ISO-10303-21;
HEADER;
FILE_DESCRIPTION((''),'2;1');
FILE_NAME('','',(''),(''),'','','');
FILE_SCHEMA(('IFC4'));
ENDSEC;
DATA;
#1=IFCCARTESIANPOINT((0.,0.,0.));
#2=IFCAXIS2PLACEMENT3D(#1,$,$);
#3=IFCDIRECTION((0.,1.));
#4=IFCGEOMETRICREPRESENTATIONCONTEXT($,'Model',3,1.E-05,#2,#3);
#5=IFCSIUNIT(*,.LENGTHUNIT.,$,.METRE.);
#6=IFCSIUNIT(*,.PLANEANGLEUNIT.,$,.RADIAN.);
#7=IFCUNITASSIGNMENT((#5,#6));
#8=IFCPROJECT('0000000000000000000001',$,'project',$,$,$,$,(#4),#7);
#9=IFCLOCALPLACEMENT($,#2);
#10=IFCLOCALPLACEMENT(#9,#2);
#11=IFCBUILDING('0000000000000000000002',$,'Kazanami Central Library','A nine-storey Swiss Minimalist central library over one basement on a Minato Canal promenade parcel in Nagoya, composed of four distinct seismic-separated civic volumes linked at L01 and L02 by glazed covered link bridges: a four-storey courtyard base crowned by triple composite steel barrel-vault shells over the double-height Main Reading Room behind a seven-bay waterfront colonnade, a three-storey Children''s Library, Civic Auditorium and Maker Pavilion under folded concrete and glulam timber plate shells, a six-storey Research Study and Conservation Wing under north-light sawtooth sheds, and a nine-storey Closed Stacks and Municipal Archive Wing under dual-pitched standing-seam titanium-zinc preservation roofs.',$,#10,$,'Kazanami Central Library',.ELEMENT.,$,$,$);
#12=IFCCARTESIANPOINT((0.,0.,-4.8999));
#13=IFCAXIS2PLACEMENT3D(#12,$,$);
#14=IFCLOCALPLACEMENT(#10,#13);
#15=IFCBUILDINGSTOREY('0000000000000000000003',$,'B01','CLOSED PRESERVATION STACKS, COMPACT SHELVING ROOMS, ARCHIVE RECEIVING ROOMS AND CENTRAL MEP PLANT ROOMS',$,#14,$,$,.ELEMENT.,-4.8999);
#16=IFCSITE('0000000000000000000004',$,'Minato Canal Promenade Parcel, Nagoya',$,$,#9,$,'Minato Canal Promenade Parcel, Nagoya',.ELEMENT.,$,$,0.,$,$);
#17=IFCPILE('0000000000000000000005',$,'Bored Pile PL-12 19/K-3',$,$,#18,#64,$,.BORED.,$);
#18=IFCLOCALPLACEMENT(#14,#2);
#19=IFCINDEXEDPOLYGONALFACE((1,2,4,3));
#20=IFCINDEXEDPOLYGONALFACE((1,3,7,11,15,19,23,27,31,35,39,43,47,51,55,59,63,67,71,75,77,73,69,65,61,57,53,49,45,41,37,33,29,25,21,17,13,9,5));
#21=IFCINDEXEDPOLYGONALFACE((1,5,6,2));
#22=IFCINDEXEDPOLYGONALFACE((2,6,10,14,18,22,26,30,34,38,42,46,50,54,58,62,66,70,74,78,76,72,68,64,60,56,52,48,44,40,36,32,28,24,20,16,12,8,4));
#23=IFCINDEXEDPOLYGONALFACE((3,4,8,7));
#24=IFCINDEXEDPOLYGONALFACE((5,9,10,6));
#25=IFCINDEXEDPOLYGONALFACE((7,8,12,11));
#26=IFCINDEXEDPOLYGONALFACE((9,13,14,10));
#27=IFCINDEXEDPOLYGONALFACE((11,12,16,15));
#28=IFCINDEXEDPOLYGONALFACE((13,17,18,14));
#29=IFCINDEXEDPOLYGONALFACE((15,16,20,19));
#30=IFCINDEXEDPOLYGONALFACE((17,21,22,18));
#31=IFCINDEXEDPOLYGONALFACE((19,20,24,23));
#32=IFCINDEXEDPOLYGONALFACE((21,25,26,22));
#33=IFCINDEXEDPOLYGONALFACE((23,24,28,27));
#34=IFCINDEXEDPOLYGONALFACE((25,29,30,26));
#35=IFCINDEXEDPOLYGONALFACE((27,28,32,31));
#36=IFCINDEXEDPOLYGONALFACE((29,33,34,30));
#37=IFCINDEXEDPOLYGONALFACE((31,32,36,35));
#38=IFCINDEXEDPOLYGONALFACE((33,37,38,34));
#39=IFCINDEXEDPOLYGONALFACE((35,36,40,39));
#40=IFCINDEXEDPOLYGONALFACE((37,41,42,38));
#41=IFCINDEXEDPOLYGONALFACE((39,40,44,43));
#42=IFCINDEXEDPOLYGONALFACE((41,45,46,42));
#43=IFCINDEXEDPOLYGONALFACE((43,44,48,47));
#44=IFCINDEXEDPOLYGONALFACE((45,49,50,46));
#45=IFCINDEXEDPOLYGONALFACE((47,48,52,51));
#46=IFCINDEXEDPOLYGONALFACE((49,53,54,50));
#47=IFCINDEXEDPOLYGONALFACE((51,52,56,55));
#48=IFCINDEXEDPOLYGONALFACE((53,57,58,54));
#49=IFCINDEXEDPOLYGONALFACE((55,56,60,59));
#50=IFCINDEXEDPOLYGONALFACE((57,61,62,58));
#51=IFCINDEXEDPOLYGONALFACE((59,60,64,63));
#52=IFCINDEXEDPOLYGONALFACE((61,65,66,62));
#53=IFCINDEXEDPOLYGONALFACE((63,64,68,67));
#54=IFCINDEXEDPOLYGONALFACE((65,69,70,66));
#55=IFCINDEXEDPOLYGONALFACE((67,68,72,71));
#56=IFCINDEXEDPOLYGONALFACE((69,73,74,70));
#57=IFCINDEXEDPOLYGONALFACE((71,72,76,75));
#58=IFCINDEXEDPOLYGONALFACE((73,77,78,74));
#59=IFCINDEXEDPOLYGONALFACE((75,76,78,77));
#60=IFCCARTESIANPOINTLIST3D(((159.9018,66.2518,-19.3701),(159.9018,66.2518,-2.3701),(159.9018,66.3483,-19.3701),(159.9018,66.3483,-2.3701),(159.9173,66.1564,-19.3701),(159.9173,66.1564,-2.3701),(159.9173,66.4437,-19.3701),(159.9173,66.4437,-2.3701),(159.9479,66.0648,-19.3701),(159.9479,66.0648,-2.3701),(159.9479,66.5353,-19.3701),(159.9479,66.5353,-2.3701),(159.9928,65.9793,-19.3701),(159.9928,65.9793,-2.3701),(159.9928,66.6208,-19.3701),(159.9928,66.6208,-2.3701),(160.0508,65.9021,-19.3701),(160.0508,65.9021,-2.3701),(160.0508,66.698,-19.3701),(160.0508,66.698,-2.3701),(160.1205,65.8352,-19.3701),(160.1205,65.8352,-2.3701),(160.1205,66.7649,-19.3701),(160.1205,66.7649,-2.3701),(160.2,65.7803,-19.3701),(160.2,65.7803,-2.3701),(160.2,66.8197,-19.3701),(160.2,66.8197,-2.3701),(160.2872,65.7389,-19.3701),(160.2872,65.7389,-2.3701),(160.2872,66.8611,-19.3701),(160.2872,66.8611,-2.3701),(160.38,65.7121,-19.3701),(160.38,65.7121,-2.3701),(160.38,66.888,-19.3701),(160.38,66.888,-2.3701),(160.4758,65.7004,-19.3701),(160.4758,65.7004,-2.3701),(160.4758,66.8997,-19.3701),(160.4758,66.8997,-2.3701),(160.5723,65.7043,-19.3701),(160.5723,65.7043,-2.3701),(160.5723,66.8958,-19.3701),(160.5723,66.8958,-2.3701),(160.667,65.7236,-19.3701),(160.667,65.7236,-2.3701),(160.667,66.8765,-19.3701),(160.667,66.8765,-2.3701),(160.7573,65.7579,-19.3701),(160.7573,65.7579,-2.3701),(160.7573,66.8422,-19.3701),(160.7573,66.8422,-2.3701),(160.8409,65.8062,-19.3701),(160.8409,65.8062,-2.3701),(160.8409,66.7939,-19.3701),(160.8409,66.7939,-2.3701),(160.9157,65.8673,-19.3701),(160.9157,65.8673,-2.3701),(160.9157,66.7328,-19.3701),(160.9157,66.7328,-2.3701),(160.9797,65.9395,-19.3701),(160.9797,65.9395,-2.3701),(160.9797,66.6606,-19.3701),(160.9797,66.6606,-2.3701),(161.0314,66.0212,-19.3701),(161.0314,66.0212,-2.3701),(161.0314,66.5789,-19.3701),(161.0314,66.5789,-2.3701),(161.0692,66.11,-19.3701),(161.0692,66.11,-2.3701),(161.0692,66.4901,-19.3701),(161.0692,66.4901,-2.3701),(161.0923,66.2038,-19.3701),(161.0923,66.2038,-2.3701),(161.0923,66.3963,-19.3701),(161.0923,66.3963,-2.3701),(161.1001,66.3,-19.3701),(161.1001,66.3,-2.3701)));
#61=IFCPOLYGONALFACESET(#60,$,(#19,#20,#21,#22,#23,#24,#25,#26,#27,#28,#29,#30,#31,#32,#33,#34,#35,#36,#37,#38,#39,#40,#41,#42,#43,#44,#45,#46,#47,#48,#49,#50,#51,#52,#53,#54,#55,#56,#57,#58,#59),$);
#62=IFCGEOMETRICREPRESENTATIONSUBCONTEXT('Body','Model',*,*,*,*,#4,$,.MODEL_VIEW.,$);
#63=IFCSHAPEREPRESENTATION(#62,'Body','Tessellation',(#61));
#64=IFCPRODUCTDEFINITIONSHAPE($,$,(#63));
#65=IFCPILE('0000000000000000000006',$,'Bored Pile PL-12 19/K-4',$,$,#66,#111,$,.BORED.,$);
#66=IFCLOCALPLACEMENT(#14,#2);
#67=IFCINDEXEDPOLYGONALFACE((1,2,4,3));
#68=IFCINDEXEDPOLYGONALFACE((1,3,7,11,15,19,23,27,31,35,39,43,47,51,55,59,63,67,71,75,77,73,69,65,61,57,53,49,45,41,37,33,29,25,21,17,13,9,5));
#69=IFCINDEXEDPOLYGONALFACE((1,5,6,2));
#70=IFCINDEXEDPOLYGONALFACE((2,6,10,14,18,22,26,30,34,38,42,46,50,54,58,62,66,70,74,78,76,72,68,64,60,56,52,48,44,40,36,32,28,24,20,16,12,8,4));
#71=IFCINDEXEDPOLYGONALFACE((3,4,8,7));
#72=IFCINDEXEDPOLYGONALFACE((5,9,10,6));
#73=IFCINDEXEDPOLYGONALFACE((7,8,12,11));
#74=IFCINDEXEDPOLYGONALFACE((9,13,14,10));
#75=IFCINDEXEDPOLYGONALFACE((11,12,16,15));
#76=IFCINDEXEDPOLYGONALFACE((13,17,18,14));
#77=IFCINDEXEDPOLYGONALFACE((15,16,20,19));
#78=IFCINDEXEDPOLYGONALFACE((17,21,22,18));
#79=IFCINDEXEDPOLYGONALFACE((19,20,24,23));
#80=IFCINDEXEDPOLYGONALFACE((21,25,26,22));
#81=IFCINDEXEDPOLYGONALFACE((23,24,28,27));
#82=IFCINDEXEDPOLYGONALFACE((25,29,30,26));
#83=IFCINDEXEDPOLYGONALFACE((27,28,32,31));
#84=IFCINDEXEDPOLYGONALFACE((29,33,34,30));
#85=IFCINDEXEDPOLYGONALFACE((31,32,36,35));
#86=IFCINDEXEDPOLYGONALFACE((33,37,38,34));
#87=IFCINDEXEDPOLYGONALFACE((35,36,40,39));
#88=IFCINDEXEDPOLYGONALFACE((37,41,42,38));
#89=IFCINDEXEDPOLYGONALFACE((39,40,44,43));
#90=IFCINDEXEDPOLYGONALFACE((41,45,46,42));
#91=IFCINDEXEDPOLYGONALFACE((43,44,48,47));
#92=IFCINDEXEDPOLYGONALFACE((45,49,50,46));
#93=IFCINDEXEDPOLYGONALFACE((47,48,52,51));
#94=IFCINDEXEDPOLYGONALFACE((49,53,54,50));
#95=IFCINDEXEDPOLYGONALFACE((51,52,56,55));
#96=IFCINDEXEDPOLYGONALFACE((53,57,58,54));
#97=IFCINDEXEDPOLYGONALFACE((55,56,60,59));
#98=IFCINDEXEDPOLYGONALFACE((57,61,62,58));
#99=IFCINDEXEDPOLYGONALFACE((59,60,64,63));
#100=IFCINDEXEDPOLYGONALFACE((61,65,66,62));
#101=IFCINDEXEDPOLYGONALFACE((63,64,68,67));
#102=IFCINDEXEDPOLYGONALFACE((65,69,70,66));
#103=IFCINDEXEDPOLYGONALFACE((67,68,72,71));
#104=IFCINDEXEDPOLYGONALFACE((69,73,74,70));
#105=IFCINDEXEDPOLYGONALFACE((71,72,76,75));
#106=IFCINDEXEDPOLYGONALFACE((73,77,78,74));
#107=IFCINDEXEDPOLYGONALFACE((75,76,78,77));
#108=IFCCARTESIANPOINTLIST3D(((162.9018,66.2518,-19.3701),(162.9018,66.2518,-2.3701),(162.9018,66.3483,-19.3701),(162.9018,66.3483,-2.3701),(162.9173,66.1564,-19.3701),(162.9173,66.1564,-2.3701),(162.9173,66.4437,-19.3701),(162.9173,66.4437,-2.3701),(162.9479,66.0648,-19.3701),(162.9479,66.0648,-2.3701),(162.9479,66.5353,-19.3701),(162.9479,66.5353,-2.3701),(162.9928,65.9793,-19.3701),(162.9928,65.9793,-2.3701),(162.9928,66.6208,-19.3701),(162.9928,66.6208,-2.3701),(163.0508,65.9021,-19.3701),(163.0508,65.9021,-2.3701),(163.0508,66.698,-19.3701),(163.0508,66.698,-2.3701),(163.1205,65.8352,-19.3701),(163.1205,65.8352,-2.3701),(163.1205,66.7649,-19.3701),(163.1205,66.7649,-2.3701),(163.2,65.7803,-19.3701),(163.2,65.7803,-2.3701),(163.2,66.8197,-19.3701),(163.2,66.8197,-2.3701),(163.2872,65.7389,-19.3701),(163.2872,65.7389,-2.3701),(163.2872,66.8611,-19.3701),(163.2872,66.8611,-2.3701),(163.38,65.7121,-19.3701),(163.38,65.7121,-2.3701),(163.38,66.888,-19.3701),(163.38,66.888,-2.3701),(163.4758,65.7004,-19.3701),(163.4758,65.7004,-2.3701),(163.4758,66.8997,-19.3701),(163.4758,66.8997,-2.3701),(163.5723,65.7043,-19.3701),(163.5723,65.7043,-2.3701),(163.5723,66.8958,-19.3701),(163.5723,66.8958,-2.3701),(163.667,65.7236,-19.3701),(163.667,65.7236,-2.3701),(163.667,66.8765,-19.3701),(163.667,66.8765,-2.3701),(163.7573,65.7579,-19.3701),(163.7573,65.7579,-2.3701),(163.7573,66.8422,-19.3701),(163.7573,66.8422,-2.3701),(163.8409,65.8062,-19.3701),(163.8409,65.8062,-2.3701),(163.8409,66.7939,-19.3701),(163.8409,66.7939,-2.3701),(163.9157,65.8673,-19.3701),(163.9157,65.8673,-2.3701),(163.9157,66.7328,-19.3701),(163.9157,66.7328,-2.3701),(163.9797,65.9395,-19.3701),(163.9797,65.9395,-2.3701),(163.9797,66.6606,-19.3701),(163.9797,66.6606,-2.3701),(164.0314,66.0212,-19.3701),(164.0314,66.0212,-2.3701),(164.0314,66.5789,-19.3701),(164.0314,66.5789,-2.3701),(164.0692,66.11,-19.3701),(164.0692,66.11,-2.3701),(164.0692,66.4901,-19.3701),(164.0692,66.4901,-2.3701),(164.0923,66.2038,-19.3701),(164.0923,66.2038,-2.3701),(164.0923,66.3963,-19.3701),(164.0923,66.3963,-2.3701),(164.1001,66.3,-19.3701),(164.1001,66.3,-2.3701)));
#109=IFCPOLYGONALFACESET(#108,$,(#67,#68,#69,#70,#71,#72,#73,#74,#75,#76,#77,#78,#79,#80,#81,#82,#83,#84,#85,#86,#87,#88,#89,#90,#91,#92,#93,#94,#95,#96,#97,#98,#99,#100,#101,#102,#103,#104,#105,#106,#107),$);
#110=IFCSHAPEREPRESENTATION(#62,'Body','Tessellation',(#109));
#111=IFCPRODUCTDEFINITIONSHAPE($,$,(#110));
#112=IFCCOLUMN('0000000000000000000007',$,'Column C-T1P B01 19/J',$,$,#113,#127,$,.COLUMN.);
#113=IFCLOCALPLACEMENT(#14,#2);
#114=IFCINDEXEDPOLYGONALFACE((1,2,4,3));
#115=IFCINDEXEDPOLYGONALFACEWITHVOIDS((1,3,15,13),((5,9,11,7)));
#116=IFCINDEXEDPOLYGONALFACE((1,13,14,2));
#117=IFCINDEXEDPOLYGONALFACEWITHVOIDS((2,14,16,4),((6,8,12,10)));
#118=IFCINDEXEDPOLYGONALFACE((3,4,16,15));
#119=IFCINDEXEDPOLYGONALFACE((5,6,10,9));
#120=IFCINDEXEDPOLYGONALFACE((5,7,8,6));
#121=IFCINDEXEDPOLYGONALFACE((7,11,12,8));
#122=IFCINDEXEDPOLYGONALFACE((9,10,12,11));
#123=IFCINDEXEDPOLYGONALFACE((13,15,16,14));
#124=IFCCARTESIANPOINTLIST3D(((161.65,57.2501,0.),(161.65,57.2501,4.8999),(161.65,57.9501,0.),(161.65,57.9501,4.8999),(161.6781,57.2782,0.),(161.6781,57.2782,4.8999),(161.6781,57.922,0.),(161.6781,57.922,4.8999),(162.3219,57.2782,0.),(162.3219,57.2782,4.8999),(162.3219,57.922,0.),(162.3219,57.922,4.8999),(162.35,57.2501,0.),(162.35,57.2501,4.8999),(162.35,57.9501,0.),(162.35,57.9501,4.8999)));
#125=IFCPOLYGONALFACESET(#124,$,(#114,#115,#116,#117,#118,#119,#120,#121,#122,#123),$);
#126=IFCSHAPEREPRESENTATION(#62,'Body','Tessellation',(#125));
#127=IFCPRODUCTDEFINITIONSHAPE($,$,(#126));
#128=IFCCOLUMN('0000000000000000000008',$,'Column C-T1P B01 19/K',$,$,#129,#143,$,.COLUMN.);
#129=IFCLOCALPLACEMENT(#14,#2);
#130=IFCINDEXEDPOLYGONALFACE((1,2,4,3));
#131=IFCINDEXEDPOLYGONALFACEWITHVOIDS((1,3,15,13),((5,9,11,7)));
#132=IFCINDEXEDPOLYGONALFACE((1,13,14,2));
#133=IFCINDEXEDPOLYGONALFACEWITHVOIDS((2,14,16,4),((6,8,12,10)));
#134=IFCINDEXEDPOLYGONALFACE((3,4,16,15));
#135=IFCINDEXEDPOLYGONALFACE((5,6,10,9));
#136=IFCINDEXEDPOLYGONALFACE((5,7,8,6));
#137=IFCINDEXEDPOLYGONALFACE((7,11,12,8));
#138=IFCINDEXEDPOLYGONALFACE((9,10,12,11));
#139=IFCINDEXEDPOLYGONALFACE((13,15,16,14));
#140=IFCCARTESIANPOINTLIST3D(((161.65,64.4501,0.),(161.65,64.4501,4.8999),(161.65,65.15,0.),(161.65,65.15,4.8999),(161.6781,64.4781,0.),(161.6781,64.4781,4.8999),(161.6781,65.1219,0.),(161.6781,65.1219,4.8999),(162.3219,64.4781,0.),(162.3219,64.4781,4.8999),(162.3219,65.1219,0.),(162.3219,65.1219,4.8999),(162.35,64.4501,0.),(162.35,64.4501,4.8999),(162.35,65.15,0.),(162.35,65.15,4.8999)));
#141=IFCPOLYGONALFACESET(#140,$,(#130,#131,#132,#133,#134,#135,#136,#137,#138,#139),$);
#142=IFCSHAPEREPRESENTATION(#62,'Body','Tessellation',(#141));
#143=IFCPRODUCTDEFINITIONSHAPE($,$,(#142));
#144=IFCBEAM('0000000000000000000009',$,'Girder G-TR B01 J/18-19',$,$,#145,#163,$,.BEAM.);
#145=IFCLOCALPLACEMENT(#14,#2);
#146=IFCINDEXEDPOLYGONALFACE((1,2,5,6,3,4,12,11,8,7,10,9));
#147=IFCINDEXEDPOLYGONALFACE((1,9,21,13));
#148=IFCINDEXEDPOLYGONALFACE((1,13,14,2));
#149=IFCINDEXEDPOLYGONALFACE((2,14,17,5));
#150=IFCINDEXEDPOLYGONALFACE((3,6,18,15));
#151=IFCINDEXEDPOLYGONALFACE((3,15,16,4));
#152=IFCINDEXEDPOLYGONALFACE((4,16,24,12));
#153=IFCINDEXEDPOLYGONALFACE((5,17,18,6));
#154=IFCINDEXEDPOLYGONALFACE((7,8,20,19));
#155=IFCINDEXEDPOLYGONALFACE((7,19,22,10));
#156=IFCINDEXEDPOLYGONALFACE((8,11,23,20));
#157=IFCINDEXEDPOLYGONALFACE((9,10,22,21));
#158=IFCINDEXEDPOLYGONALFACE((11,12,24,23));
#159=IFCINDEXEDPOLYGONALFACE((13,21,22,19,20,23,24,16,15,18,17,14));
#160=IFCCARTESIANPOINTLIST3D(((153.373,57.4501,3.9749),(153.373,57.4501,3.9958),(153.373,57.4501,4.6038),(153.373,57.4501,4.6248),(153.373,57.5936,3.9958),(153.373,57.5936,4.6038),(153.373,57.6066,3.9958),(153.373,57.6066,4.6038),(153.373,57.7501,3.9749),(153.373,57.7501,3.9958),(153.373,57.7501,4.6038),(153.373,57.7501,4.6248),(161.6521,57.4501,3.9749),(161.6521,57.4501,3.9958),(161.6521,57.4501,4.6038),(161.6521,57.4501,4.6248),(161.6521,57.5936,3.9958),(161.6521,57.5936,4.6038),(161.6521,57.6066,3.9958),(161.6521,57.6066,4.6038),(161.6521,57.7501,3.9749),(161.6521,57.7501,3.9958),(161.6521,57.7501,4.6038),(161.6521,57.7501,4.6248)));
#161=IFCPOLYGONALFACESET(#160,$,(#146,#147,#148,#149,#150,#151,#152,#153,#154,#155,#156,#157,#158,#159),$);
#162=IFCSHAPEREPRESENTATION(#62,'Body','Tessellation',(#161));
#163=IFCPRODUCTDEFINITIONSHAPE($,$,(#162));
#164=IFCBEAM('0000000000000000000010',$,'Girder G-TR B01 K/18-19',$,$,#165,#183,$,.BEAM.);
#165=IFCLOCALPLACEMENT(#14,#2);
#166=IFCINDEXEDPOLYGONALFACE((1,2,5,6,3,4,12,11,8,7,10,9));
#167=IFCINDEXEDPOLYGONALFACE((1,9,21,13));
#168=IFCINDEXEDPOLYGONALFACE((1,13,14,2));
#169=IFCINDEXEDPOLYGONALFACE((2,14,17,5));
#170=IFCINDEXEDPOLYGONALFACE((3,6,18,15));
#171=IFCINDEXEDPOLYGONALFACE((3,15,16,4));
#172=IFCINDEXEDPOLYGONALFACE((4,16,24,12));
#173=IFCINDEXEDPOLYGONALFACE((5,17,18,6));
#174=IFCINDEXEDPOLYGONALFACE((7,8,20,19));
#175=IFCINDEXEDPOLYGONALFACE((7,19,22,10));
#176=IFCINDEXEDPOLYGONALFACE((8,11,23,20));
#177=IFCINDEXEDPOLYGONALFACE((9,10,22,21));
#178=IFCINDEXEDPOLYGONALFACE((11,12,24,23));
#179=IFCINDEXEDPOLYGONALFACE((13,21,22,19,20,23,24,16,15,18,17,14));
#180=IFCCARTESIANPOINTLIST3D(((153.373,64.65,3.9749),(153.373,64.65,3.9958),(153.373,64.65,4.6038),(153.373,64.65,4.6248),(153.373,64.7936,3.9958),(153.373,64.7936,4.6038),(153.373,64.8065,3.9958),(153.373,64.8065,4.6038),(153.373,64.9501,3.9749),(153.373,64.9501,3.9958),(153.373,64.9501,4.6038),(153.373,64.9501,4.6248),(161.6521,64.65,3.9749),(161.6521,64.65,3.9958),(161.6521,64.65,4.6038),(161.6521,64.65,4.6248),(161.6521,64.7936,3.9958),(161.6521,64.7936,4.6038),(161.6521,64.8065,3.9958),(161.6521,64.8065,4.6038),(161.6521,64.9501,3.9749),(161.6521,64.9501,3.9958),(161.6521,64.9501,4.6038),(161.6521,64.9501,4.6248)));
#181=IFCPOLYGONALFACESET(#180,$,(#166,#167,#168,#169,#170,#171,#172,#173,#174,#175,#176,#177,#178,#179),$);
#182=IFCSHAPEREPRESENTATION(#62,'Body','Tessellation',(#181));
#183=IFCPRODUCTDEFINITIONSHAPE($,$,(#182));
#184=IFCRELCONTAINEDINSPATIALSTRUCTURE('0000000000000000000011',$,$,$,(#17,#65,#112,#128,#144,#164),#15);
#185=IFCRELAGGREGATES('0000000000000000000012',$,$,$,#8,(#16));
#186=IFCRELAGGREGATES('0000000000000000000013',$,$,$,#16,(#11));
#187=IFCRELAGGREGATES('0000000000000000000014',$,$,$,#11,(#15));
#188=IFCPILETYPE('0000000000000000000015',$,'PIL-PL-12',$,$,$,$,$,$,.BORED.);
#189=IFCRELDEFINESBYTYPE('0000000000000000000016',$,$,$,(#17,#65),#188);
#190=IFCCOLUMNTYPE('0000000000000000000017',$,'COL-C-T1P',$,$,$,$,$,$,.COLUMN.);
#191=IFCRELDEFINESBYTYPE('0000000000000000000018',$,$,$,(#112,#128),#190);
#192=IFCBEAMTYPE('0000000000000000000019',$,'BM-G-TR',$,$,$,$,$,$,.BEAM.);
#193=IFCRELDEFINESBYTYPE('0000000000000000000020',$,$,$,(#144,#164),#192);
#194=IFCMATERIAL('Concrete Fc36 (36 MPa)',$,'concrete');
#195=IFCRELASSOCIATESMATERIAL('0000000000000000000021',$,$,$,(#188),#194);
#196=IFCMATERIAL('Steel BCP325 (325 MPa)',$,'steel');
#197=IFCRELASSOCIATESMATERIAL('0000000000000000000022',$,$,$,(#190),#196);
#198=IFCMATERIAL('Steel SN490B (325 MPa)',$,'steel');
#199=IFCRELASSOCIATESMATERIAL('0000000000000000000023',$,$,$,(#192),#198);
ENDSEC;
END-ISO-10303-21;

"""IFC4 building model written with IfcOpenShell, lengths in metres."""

from ifc_helpers import new_model, si_unit, direction, frame, origin, origin_2d, place, context, subcontext, project, spatial, hollow_rectangle, circle, i_section, extrude, material, material_profile, profile_set, type_object, element, save


model = new_model("IFC4")

# Units and contexts
model_context = context("Model", 3, precision=1e-05, world=origin(), true_north=direction((0.0, 1.0)))
body_context = subcontext(model_context, "Body", "Model", "MODEL_VIEW")
ifc_project = project(units=[si_unit("LENGTHUNIT", "METRE"), si_unit("PLANEANGLEUNIT", "RADIAN")], contexts=[model_context])

# Site, building, storey
site_placement = place(None, origin())
site = spatial("IfcSite", under=ifc_project, at=site_placement, Name="Minato Canal Promenade Parcel, Nagoya", LongName="Minato Canal Promenade Parcel, Nagoya", CompositionType="ELEMENT", RefElevation=0.0)
building_placement = place(site_placement, origin())
building = spatial("IfcBuilding", under=site, at=building_placement, Name="Kazanami Central Library", Description="A nine-storey Swiss Minimalist central library over one basement on a Minato Canal promenade parcel in Nagoya, composed of four distinct seismic-separated civic volumes linked at L01 and L02 by glazed covered link bridges: a four-storey courtyard base crowned by triple composite steel barrel-vault shells over the double-height Main Reading Room behind a seven-bay waterfront colonnade, a three-storey Children's Library, Civic Auditorium and Maker Pavilion under folded concrete and glulam timber plate shells, a six-storey Research Study and Conservation Wing under north-light sawtooth sheds, and a nine-storey Closed Stacks and Municipal Archive Wing under dual-pitched standing-seam titanium-zinc preservation roofs.", LongName="Kazanami Central Library", CompositionType="ELEMENT")
storey_placement = place(building_placement, frame((0.0, 0.0, -4.8999)))
storey = spatial("IfcBuildingStorey", under=building, at=storey_placement, Name="B01", Description="CLOSED PRESERVATION STACKS, COMPACT SHELVING ROOMS, ARCHIVE RECEIVING ROOMS AND CENTRAL MEP PLANT ROOMS", CompositionType="ELEMENT", Elevation=-4.8999)

# Shared definitions
ifc_material_1 = material(Name="Concrete Fc36 (36 MPa)", Category="concrete")

# Piles
ifc_material_profile_1 = material_profile(ifc_material_1, circle(Radius=0.6001, at=origin_2d()), Name="BORED-D1200")
ifc_profile_set_1 = profile_set([ifc_material_profile_1], Name="Concrete Fc36 (36 MPa)")
pile_type = type_object("IfcPileType", Name="PIL-PL-12", PredefinedType="BORED", material=ifc_profile_set_1)
for number, where, z_axis, x_axis, name in (
    (1, (160.5, 66.3, -2.3701), (0.0, 0.0, -1.0), (1.0, 0.0, 0.0), "Bored Pile PL-12 19/K-3"),
    (2, (163.5, 66.3, -2.3701), (0.0, 0.0, -1.0), (1.0, 0.0, 0.0), "Bored Pile PL-12 19/K-4"),
):
    element("IfcPile", number, at=place(storey_placement, frame(where, z_axis=z_axis, x_axis=x_axis)), inside=storey, type_object=pile_type, Name=name, PredefinedType="BORED", context=body_context, shape_type="SweptSolid", body=[
        extrude(circle(Radius=0.6001, at=origin_2d()), origin(), (0.0, 0.0, 1.0), 17.0),
    ])

# Columns
ifc_material_2 = material(Name="Steel BCP325 (325 MPa)", Category="steel")
ifc_material_profile_2 = material_profile(ifc_material_2, hollow_rectangle(XDim=0.7, YDim=0.7, WallThickness=0.0281, at=origin_2d()), Name="BCP-700x700x28")
ifc_profile_set_2 = profile_set([ifc_material_profile_2], Name="Steel BCP325 (325 MPa)")
column_type = type_object("IfcColumnType", Name="COL-C-T1P", PredefinedType="COLUMN", material=ifc_profile_set_2)
for number, where, z_axis, x_axis, name in (
    (3, (162.0, 57.6001, 0.0), (0.0, 0.0, 1.0), (1.0, 0.0, 0.0), "Column C-T1P B01 19/J"),
    (4, (162.0, 64.8, 0.0), (0.0, 0.0, 1.0), (1.0, 0.0, 0.0), "Column C-T1P B01 19/K"),
):
    element("IfcColumn", number, at=place(storey_placement, frame(where, z_axis=z_axis, x_axis=x_axis)), inside=storey, type_object=column_type, Name=name, PredefinedType="COLUMN", context=body_context, shape_type="SweptSolid", body=[
        extrude(hollow_rectangle(XDim=0.7, YDim=0.7, WallThickness=0.0281, at=origin_2d()), origin(), (0.0, 0.0, 1.0), 4.8999),
    ])

# Beams
ifc_material_3 = material(Name="Steel SN490B (325 MPa)", Category="steel")
ifc_material_profile_3 = material_profile(ifc_material_3, i_section(OverallWidth=0.3, OverallDepth=0.6499, WebThickness=0.0129, FlangeThickness=0.021, at=origin_2d()), Name="H-650x300x13x21")
ifc_profile_set_3 = profile_set([ifc_material_profile_3], Name="Steel SN490B (325 MPa)")
beam_type_1 = type_object("IfcBeamType", Name="BM-G-TR", PredefinedType="BEAM", material=ifc_profile_set_3)
for number, where, z_axis, x_axis, name in (
    (5, (153.373, 57.6001, 4.2998), (1.0, 0.0, 0.0), (0.0, 1.0, 0.0), "Girder G-TR B01 J/18-19"),
    (6, (153.373, 64.8, 4.2998), (1.0, 0.0, 0.0), (0.0, 1.0, 0.0), "Girder G-TR B01 K/18-19"),
):
    element("IfcBeam", number, at=place(storey_placement, frame(where, z_axis=z_axis, x_axis=x_axis)), inside=storey, type_object=beam_type_1, Name=name, PredefinedType="BEAM", context=body_context, shape_type="SweptSolid", body=[
        extrude(i_section(OverallWidth=0.3, OverallDepth=0.6499, WebThickness=0.0129, FlangeThickness=0.021, at=origin_2d()), origin(), (0.0, 0.0, 1.0), 8.2791),
    ])

save(model, "model.ifc")
